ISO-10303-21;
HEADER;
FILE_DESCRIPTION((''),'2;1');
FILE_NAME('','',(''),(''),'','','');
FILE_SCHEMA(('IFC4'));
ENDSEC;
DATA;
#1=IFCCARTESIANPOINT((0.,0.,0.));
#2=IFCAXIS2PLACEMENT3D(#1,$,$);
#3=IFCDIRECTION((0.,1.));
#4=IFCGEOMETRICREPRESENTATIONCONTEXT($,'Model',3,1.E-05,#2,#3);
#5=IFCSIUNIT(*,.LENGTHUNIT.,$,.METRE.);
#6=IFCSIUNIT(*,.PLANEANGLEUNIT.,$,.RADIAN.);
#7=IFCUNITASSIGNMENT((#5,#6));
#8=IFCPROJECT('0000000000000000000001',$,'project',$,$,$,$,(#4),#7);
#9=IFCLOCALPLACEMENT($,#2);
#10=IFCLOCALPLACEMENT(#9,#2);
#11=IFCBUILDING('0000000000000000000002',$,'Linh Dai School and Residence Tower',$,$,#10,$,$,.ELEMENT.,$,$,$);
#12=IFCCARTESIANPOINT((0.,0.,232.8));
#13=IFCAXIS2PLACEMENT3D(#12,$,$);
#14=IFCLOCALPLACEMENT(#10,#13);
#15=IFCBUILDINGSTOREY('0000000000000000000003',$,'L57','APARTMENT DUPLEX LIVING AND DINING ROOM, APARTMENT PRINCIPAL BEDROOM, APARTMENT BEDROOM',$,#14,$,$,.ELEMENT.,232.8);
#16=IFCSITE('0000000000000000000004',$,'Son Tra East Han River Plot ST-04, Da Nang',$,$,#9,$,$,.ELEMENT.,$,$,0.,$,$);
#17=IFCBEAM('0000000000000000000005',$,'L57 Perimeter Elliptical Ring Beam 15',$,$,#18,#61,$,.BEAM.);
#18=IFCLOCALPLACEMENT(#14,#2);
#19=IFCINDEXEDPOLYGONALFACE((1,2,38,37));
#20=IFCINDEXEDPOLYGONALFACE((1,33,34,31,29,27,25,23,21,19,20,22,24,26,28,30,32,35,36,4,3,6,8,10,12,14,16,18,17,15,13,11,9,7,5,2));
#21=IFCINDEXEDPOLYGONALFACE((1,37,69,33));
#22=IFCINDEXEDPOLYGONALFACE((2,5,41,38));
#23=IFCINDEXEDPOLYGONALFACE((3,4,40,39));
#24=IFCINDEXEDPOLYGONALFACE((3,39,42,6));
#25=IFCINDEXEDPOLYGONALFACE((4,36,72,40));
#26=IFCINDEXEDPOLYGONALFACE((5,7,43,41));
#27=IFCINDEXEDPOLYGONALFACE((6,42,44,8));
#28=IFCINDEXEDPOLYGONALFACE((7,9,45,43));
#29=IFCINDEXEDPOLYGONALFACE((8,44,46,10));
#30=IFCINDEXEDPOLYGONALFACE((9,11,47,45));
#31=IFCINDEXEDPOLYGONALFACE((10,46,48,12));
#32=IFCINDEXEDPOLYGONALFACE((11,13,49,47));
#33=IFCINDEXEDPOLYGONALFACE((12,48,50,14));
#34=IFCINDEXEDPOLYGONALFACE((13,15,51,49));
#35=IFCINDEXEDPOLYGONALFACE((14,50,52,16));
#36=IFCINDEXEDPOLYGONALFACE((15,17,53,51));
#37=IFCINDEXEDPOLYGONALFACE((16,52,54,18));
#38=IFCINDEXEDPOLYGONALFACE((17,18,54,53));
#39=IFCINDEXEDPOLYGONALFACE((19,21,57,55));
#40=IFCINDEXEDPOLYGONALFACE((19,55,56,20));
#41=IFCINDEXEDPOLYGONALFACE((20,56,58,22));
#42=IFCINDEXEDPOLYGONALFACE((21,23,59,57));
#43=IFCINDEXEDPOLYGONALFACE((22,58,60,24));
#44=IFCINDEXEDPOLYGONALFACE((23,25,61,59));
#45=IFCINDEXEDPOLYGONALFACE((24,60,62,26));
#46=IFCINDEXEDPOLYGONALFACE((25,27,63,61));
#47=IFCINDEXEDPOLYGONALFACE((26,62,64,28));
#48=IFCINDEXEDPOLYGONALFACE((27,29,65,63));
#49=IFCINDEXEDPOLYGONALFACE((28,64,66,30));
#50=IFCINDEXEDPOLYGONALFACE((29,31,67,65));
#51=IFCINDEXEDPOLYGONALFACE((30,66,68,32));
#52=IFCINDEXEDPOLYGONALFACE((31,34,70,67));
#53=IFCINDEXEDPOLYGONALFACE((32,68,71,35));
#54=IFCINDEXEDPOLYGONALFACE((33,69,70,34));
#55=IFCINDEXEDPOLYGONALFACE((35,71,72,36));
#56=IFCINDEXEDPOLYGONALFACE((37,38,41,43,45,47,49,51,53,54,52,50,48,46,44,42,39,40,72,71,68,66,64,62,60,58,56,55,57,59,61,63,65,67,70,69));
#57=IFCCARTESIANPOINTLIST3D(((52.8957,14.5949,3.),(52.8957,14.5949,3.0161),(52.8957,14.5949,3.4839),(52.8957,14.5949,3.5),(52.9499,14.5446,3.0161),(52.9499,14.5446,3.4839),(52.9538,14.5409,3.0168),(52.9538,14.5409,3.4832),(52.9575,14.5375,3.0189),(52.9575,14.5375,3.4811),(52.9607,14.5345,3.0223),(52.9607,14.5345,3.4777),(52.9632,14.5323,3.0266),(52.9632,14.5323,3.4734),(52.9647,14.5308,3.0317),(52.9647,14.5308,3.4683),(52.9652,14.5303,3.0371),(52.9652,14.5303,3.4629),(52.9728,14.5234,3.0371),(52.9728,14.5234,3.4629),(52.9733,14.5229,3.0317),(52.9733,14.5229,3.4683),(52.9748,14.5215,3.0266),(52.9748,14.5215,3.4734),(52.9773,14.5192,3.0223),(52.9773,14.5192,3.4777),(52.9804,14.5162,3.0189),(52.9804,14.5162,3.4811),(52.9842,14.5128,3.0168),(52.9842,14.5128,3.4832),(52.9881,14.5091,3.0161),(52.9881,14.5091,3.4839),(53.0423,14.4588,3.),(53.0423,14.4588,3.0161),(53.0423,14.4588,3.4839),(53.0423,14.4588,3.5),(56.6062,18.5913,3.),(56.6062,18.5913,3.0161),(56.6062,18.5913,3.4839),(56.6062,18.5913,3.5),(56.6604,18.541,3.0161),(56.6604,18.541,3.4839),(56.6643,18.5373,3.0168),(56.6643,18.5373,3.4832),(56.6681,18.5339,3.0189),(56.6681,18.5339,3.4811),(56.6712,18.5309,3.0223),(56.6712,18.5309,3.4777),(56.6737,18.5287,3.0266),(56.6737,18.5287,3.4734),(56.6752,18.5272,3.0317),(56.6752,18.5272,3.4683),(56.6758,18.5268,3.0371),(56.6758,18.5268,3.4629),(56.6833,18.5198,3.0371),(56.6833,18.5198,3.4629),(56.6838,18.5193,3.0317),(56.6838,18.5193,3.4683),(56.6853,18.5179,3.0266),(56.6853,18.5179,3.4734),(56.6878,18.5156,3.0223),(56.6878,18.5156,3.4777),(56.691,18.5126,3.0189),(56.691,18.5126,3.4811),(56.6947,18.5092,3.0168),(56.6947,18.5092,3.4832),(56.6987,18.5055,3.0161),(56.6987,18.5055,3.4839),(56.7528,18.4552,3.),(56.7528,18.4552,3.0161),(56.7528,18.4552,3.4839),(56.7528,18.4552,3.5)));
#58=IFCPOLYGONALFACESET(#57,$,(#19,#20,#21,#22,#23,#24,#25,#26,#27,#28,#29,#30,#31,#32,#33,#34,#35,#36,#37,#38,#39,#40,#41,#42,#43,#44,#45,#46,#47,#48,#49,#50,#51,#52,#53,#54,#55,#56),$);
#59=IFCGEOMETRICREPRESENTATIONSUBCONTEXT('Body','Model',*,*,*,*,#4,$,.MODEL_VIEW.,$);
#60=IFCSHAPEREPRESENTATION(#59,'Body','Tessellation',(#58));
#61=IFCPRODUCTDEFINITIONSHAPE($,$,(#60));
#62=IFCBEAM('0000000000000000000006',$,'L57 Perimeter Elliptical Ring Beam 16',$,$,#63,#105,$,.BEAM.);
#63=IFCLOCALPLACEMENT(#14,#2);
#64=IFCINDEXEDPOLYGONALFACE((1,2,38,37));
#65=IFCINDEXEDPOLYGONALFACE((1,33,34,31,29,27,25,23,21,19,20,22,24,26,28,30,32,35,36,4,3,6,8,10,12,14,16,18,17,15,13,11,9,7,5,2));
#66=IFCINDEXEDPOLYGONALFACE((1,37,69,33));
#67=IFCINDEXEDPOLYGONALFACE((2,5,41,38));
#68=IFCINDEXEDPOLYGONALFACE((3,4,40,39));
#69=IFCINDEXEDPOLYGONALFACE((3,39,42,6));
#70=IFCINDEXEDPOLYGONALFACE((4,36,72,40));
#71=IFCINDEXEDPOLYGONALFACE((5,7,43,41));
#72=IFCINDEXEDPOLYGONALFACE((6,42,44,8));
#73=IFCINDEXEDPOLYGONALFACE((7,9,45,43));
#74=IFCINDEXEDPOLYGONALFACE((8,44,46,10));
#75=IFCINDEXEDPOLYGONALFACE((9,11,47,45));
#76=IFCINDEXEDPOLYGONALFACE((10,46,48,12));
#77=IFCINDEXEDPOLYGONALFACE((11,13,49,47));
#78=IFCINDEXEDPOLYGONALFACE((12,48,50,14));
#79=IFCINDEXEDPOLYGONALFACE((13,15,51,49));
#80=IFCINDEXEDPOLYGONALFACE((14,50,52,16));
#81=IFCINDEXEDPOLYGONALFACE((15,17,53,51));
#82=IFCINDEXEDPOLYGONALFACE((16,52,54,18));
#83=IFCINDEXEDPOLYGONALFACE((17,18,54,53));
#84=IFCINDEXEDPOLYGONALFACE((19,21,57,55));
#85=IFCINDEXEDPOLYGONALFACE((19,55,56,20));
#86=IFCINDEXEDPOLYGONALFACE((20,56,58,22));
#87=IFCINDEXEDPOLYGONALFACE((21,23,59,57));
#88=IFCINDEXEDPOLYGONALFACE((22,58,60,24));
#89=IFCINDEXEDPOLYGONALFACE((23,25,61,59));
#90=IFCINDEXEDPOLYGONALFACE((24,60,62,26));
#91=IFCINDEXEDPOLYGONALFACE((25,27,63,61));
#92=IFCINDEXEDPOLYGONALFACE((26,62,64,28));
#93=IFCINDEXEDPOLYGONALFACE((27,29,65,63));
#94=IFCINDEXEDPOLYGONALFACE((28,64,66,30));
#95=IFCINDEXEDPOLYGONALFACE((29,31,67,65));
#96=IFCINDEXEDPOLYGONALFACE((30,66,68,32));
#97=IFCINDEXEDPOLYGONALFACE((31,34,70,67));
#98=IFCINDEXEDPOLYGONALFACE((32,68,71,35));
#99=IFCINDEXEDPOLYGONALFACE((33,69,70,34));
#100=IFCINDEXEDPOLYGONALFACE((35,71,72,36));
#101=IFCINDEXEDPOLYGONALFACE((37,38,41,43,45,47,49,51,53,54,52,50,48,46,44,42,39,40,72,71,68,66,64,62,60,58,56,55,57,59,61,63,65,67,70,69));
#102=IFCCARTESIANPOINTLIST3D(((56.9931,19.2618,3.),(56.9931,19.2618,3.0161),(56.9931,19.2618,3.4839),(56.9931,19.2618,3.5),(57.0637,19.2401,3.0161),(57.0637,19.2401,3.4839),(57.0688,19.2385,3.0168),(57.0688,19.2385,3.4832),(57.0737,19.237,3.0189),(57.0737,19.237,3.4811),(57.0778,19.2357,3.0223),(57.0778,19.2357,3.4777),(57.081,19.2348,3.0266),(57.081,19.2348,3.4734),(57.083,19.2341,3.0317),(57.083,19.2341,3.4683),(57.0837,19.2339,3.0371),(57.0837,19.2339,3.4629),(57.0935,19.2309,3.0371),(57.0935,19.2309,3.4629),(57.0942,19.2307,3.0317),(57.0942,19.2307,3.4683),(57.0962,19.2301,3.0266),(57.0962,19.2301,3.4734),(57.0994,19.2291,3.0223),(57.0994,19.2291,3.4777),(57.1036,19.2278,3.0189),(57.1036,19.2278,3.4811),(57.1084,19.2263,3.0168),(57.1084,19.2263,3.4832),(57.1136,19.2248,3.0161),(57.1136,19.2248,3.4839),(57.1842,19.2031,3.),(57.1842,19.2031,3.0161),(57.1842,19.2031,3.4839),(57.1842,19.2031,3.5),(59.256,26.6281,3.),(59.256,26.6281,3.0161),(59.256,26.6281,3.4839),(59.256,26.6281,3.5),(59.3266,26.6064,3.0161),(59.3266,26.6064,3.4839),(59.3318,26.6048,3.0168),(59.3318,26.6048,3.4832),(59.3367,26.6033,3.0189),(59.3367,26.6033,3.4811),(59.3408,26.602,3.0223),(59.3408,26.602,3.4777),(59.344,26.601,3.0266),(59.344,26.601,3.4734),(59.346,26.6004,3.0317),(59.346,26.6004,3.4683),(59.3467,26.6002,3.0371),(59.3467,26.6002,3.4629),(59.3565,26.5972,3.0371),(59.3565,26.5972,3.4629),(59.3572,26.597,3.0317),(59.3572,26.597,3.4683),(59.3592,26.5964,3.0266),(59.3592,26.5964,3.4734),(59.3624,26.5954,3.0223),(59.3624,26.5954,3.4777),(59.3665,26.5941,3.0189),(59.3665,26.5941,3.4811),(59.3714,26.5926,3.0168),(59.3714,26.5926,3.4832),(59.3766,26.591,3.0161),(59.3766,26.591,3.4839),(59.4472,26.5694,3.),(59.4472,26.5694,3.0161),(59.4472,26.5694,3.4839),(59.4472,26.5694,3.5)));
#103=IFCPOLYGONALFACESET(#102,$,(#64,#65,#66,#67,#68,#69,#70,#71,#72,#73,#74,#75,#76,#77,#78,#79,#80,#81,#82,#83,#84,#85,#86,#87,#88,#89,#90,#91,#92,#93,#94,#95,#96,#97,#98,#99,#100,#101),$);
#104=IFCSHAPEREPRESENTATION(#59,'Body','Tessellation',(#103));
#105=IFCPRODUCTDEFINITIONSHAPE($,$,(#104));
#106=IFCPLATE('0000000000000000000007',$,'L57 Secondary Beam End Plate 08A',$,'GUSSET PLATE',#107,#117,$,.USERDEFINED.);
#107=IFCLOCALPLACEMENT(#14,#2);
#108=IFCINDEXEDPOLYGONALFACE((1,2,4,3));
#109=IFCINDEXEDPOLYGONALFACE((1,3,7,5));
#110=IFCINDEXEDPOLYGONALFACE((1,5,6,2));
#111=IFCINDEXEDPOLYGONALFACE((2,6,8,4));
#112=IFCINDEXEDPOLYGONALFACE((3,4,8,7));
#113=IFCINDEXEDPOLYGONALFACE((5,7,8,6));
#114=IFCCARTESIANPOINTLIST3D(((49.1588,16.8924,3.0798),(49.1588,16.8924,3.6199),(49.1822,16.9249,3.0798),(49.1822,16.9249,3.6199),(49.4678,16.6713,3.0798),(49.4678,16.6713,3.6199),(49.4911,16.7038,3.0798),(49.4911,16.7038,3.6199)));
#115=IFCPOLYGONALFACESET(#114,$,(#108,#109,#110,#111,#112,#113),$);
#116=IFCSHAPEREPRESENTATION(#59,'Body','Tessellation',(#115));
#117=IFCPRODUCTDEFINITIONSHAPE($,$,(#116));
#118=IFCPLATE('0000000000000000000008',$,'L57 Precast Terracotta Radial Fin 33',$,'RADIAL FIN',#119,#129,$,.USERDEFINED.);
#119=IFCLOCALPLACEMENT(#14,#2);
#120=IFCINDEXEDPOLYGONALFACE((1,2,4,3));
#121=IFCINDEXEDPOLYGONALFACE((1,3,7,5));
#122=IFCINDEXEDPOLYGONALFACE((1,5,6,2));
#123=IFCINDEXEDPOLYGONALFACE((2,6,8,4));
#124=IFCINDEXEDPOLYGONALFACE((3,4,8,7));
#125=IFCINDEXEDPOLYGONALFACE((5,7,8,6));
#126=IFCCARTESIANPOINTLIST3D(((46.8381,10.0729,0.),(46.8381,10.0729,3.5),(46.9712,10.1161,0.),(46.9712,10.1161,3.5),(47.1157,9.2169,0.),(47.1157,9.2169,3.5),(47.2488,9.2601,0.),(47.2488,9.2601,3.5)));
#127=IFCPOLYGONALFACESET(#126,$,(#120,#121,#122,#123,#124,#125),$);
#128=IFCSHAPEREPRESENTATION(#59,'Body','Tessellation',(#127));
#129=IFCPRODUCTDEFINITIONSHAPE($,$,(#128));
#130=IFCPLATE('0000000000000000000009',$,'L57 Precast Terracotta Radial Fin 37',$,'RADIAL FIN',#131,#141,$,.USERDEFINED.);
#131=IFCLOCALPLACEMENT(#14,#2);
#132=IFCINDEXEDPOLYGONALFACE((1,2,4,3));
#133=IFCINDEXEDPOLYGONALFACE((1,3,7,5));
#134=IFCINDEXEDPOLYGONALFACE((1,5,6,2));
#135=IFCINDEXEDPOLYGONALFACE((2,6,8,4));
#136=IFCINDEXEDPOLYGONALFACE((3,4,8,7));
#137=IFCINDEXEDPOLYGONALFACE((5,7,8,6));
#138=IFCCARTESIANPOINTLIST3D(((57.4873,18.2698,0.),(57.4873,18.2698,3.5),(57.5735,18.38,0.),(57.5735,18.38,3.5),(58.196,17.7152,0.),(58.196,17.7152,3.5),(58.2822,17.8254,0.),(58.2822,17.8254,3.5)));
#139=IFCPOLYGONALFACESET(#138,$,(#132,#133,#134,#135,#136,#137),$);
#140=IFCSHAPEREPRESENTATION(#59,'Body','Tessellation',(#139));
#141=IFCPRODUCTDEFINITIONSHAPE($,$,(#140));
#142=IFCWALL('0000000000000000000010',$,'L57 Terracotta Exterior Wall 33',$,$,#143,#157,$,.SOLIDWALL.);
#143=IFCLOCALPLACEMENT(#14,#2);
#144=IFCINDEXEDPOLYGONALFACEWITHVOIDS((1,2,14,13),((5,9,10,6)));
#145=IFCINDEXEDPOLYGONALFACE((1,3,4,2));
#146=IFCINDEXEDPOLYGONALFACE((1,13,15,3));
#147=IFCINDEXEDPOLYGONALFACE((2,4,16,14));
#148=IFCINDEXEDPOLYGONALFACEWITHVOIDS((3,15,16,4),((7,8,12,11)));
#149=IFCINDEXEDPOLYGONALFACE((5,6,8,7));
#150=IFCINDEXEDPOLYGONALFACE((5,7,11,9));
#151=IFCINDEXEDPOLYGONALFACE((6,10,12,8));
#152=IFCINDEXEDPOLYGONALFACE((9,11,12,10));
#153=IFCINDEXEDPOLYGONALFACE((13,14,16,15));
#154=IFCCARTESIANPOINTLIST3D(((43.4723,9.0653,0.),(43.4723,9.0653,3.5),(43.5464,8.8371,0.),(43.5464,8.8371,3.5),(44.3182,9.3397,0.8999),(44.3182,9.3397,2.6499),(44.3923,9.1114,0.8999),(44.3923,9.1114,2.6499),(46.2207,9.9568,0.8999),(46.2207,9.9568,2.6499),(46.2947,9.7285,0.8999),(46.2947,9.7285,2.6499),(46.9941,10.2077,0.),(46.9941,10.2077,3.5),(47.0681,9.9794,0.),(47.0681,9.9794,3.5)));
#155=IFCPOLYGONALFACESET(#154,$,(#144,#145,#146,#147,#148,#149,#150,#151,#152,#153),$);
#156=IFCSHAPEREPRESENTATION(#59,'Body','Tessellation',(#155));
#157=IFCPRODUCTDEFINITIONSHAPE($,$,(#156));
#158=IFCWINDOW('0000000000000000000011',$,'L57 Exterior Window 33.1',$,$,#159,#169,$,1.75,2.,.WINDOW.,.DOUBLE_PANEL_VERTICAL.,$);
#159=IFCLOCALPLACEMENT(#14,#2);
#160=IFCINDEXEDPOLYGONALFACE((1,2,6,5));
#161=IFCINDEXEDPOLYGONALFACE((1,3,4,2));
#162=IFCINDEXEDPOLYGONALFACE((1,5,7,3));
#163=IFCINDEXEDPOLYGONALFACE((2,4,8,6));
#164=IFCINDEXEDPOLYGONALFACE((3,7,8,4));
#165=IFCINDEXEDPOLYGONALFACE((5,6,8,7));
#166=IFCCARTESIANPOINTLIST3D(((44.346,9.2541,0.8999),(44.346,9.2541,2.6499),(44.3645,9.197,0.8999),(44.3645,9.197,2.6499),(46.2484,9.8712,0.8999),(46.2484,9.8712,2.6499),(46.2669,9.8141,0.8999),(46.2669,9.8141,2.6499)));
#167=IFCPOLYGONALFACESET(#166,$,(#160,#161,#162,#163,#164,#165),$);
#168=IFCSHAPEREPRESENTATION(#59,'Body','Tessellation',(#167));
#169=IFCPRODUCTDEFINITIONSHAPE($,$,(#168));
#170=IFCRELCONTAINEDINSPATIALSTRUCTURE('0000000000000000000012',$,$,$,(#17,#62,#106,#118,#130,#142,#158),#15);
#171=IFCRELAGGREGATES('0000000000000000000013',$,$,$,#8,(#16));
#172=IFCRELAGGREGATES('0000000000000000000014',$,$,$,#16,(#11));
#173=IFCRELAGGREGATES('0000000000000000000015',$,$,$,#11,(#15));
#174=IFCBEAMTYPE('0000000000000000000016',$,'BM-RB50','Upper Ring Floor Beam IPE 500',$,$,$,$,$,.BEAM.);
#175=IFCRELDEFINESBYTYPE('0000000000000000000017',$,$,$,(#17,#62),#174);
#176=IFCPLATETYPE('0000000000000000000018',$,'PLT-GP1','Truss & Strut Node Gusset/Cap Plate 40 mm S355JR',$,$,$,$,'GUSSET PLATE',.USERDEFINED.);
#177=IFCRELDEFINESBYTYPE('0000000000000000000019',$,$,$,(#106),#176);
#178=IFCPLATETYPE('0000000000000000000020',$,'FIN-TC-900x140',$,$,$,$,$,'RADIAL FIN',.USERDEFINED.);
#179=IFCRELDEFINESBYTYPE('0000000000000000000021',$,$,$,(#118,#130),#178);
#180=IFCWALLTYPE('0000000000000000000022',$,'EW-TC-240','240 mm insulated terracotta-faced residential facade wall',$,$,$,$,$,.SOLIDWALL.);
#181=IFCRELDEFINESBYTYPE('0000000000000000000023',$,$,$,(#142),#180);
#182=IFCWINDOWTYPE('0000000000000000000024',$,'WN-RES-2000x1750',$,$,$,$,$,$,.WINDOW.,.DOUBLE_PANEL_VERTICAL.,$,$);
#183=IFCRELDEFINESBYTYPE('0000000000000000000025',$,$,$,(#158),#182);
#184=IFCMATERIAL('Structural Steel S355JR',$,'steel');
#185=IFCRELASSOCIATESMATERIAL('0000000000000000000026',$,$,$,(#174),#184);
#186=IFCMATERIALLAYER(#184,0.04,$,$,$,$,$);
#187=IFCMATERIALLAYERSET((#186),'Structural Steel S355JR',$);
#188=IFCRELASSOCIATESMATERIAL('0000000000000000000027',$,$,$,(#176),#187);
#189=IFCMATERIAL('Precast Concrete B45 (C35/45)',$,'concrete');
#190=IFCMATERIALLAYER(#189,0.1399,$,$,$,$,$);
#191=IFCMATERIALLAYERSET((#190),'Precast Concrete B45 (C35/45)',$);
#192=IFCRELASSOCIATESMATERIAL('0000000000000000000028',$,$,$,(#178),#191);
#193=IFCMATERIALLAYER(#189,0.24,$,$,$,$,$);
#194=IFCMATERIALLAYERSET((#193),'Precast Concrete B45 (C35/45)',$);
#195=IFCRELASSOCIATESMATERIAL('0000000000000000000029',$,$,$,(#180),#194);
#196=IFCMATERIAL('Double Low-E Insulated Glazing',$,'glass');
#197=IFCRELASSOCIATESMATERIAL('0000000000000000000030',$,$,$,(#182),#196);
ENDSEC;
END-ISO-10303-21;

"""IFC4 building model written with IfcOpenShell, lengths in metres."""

from ifc_helpers import new_model, si_unit, direction, frame, frame_2d, origin, origin_2d, place, context, subcontext, project, spatial, rectangle, i_section, extrude, source, transform, mapped, material, layer, layer_set, material_profile, profile_set, type_object, element, fill, save


model = new_model("IFC4")

# Units and contexts
model_context = context("Model", 3, precision=1e-05, world=origin(), true_north=direction((0.0, 1.0)))
body_context = subcontext(model_context, "Body", "Model", "MODEL_VIEW")
ifc_project = project(units=[si_unit("LENGTHUNIT", "METRE"), si_unit("PLANEANGLEUNIT", "RADIAN")], contexts=[model_context])

# Site, building, storey
site_placement = place(None, origin())
site = spatial("IfcSite", under=ifc_project, at=site_placement, Name="Son Tra East Han River Plot ST-04, Da Nang", CompositionType="ELEMENT", RefElevation=0.0)
building_placement = place(site_placement, origin())
building = spatial("IfcBuilding", under=site, at=building_placement, Name="Linh Dai School and Residence Tower", CompositionType="ELEMENT")
storey_placement = place(building_placement, frame((0.0, 0.0, 232.8)))
storey = spatial("IfcBuildingStorey", under=building, at=storey_placement, Name="L57", Description="APARTMENT DUPLEX LIVING AND DINING ROOM, APARTMENT PRINCIPAL BEDROOM, APARTMENT BEDROOM", CompositionType="ELEMENT", Elevation=232.8)

# Shared definitions
ifc_material_1 = material(Name="Structural Steel S355JR", Category="steel")

# Beams
ifc_material_profile_1 = material_profile(ifc_material_1, i_section(OverallWidth=0.2, OverallDepth=0.5, WebThickness=0.0103, FlangeThickness=0.0161, FilletRadius=0.021, at=origin_2d()), Name="IPE 500")
ifc_profile_set_1 = profile_set([ifc_material_profile_1], Name="Structural Steel S355JR")
beam_type_1 = type_object("IfcBeamType", Name="BM-RB50", Description="Upper Ring Floor Beam IPE 500", PredefinedType="BEAM", material=ifc_profile_set_1)
beam_1_placement = place(storey_placement, frame((52.969, 14.5269, 3.25), z_axis=(0.680408, 0.732833, 0.0), x_axis=(-0.732833, 0.680408, 0.0)))
element("IfcBeam", 1, at=beam_1_placement, inside=storey, type_object=beam_type_1, Name="L57 Perimeter Elliptical Ring Beam 15", PredefinedType="BEAM", context=body_context, shape_type="SweptSolid", body=[
    extrude(i_section(OverallWidth=0.2, OverallDepth=0.5, WebThickness=0.0103, FlangeThickness=0.0161, FilletRadius=0.021, at=origin_2d()), origin(), (0.0, 0.0, 1.0), 5.4534),
])
beam_2_placement = place(storey_placement, frame((57.0886, 19.2324, 3.25), z_axis=(0.293661, 0.95591, 0.0), x_axis=(-0.95591, 0.293661, 0.0)))
element("IfcBeam", 2, at=beam_2_placement, inside=storey, type_object=beam_type_1, Name="L57 Perimeter Elliptical Ring Beam 16", PredefinedType="BEAM", context=body_context, shape_type="SweptSolid", body=[
    extrude(i_section(OverallWidth=0.2, OverallDepth=0.5, WebThickness=0.0103, FlangeThickness=0.0161, FilletRadius=0.021, at=origin_2d()), origin(), (0.0, 0.0, 1.0), 7.7061),
])

# Plates
ifc_layer_1 = layer(ifc_material_1, 0.04)
ifc_layer_set_1 = layer_set([ifc_layer_1], Name="Structural Steel S355JR")
plate_type_1 = type_object("IfcPlateType", Name="PLT-GP1", Description="Truss & Strut Node Gusset/Cap Plate 40 mm S355JR", ElementType="GUSSET PLATE", PredefinedType="USERDEFINED", material=ifc_layer_set_1)
shared_shape_1 = source(origin(), body_context, "Body", "SweptSolid", [
    extrude(rectangle(XDim=0.04, YDim=0.3799, at=origin_2d()), origin(), (0.0, 0.0, 1.0), 0.54),
])
plate_placement = place(storey_placement, frame((49.325, 16.7981, 3.0798), z_axis=(0.0, 0.0, 1.0), x_axis=(0.58204, 0.81316, 0.0)))
element("IfcPlate", 3, at=plate_placement, inside=storey, type_object=plate_type_1, Name="L57 Secondary Beam End Plate 08A", ObjectType="GUSSET PLATE", PredefinedType="USERDEFINED", context=body_context, shape_type="MappedRepresentation", body=[
    mapped(shared_shape_1, transform((0.0, 0.0, 0.0), x_axis=(1.0, 0.0, 0.0), y_axis=(0.0, 1.0, 0.0), z_axis=(0.0, 0.0, 1.0), scale=1.0)),
])
ifc_material_2 = material(Name="Precast Concrete B45 (C35/45)", Category="concrete")
ifc_layer_2 = layer(ifc_material_2, 0.1399)
ifc_layer_set_2 = layer_set([ifc_layer_2], Name="Precast Concrete B45 (C35/45)")
plate_type_2 = type_object("IfcPlateType", Name="FIN-TC-900x140", ElementType="RADIAL FIN", PredefinedType="USERDEFINED", material=ifc_layer_set_2)
shared_shape_2 = source(origin(), body_context, "Body", "SweptSolid", [
    extrude(rectangle(XDim=0.8999, YDim=0.1399, at=origin_2d()), origin(), (0.0, 0.0, 1.0), 3.5),
])
for number, where, z_axis, x_axis, name in (
    (4, (47.0435, 9.6665, 0.0), (0.0, 0.0, 1.0), (0.308501, -0.951224, 0.0), "L57 Precast Terracotta Radial Fin 33"),
    (5, (57.8848, 18.0476, 0.0), (0.0, 0.0, 1.0), (0.787485, -0.616334, 0.0), "L57 Precast Terracotta Radial Fin 37"),
):
    element("IfcPlate", number, at=place(storey_placement, frame(where, z_axis=z_axis, x_axis=x_axis)), inside=storey, type_object=plate_type_2, Name=name, ObjectType="RADIAL FIN", PredefinedType="USERDEFINED", context=body_context, shape_type="MappedRepresentation", body=[
        mapped(shared_shape_2, transform((0.0, 0.0, 0.0), x_axis=(1.0, 0.0, 0.0), y_axis=(0.0, 1.0, 0.0), z_axis=(0.0, 0.0, 1.0), scale=1.0)),
    ])

# Wall, opening, window
ifc_layer_3 = layer(ifc_material_2, 0.24)
ifc_layer_set_3 = layer_set([ifc_layer_3], Name="Precast Concrete B45 (C35/45)")
wall_type_1 = type_object("IfcWallType", Name="EW-TC-240", Description="240 mm insulated terracotta-faced residential facade wall", PredefinedType="SOLIDWALL", material=ifc_layer_set_3)
wall_1_placement = place(storey_placement, frame((47.031, 10.0935, 0.0), z_axis=(0.0, 0.0, 1.0), x_axis=(-0.951211, -0.308542, 0.0)))
wall_1 = element("IfcWall", 6, at=wall_1_placement, inside=storey, type_object=wall_type_1, Name="L57 Terracotta Exterior Wall 33", PredefinedType="SOLIDWALL", context=body_context, shape_type="SweptSolid", body=[
    extrude(rectangle(XDim=3.7024, YDim=0.24, at=frame_2d((1.8511, 0.0))), origin(), (0.0, 0.0, 1.0), 3.5),
])
opening_1_placement = place(wall_1_placement, frame((0.813, 0.0, 0.8999)))
opening_1 = element("IfcOpeningElement", 7, at=opening_1_placement, cuts=wall_1, PredefinedType="OPENING", context=body_context, shape_type="SweptSolid", body=[
    extrude(rectangle(XDim=2.0, YDim=1.75, at=origin_2d()), frame((1.0, 0.1299, 0.875), z_axis=(0.0, -1.0, 0.0), x_axis=(1.0, 0.0, 0.0)), (0.0, 0.0, 1.0), 0.26),
])
ifc_material_3 = material(Name="Double Low-E Insulated Glazing", Category="glass")
window_type_1 = type_object("IfcWindowType", Name="WN-RES-2000x1750", PartitioningType="DOUBLE_PANEL_VERTICAL", PredefinedType="WINDOW", material=ifc_material_3)
shared_shape_3 = source(origin(), body_context, "Body", "SweptSolid", [
    extrude(rectangle(XDim=2.0, YDim=1.75, at=origin_2d()), frame((1.0, 0.03, 0.875), z_axis=(0.0, -1.0, 0.0), x_axis=(1.0, 0.0, 0.0)), (0.0, 0.0, 1.0), 0.0601),
])
window_1_placement = place(opening_1_placement, origin())
window_1 = element("IfcWindow", 8, at=window_1_placement, inside=storey, type_object=window_type_1, Name="L57 Exterior Window 33.1", OverallHeight=1.75, OverallWidth=2.0, PartitioningType="DOUBLE_PANEL_VERTICAL", PredefinedType="WINDOW", context=body_context, shape_type="MappedRepresentation", body=[
    mapped(shared_shape_3, transform((0.0, 0.0, 0.0), x_axis=(1.0, 0.0, 0.0), y_axis=(0.0, 1.0, 0.0), z_axis=(0.0, 0.0, 1.0), scale=1.0)),
])
fill(opening_1, window_1)

save(model, "model.ifc")
